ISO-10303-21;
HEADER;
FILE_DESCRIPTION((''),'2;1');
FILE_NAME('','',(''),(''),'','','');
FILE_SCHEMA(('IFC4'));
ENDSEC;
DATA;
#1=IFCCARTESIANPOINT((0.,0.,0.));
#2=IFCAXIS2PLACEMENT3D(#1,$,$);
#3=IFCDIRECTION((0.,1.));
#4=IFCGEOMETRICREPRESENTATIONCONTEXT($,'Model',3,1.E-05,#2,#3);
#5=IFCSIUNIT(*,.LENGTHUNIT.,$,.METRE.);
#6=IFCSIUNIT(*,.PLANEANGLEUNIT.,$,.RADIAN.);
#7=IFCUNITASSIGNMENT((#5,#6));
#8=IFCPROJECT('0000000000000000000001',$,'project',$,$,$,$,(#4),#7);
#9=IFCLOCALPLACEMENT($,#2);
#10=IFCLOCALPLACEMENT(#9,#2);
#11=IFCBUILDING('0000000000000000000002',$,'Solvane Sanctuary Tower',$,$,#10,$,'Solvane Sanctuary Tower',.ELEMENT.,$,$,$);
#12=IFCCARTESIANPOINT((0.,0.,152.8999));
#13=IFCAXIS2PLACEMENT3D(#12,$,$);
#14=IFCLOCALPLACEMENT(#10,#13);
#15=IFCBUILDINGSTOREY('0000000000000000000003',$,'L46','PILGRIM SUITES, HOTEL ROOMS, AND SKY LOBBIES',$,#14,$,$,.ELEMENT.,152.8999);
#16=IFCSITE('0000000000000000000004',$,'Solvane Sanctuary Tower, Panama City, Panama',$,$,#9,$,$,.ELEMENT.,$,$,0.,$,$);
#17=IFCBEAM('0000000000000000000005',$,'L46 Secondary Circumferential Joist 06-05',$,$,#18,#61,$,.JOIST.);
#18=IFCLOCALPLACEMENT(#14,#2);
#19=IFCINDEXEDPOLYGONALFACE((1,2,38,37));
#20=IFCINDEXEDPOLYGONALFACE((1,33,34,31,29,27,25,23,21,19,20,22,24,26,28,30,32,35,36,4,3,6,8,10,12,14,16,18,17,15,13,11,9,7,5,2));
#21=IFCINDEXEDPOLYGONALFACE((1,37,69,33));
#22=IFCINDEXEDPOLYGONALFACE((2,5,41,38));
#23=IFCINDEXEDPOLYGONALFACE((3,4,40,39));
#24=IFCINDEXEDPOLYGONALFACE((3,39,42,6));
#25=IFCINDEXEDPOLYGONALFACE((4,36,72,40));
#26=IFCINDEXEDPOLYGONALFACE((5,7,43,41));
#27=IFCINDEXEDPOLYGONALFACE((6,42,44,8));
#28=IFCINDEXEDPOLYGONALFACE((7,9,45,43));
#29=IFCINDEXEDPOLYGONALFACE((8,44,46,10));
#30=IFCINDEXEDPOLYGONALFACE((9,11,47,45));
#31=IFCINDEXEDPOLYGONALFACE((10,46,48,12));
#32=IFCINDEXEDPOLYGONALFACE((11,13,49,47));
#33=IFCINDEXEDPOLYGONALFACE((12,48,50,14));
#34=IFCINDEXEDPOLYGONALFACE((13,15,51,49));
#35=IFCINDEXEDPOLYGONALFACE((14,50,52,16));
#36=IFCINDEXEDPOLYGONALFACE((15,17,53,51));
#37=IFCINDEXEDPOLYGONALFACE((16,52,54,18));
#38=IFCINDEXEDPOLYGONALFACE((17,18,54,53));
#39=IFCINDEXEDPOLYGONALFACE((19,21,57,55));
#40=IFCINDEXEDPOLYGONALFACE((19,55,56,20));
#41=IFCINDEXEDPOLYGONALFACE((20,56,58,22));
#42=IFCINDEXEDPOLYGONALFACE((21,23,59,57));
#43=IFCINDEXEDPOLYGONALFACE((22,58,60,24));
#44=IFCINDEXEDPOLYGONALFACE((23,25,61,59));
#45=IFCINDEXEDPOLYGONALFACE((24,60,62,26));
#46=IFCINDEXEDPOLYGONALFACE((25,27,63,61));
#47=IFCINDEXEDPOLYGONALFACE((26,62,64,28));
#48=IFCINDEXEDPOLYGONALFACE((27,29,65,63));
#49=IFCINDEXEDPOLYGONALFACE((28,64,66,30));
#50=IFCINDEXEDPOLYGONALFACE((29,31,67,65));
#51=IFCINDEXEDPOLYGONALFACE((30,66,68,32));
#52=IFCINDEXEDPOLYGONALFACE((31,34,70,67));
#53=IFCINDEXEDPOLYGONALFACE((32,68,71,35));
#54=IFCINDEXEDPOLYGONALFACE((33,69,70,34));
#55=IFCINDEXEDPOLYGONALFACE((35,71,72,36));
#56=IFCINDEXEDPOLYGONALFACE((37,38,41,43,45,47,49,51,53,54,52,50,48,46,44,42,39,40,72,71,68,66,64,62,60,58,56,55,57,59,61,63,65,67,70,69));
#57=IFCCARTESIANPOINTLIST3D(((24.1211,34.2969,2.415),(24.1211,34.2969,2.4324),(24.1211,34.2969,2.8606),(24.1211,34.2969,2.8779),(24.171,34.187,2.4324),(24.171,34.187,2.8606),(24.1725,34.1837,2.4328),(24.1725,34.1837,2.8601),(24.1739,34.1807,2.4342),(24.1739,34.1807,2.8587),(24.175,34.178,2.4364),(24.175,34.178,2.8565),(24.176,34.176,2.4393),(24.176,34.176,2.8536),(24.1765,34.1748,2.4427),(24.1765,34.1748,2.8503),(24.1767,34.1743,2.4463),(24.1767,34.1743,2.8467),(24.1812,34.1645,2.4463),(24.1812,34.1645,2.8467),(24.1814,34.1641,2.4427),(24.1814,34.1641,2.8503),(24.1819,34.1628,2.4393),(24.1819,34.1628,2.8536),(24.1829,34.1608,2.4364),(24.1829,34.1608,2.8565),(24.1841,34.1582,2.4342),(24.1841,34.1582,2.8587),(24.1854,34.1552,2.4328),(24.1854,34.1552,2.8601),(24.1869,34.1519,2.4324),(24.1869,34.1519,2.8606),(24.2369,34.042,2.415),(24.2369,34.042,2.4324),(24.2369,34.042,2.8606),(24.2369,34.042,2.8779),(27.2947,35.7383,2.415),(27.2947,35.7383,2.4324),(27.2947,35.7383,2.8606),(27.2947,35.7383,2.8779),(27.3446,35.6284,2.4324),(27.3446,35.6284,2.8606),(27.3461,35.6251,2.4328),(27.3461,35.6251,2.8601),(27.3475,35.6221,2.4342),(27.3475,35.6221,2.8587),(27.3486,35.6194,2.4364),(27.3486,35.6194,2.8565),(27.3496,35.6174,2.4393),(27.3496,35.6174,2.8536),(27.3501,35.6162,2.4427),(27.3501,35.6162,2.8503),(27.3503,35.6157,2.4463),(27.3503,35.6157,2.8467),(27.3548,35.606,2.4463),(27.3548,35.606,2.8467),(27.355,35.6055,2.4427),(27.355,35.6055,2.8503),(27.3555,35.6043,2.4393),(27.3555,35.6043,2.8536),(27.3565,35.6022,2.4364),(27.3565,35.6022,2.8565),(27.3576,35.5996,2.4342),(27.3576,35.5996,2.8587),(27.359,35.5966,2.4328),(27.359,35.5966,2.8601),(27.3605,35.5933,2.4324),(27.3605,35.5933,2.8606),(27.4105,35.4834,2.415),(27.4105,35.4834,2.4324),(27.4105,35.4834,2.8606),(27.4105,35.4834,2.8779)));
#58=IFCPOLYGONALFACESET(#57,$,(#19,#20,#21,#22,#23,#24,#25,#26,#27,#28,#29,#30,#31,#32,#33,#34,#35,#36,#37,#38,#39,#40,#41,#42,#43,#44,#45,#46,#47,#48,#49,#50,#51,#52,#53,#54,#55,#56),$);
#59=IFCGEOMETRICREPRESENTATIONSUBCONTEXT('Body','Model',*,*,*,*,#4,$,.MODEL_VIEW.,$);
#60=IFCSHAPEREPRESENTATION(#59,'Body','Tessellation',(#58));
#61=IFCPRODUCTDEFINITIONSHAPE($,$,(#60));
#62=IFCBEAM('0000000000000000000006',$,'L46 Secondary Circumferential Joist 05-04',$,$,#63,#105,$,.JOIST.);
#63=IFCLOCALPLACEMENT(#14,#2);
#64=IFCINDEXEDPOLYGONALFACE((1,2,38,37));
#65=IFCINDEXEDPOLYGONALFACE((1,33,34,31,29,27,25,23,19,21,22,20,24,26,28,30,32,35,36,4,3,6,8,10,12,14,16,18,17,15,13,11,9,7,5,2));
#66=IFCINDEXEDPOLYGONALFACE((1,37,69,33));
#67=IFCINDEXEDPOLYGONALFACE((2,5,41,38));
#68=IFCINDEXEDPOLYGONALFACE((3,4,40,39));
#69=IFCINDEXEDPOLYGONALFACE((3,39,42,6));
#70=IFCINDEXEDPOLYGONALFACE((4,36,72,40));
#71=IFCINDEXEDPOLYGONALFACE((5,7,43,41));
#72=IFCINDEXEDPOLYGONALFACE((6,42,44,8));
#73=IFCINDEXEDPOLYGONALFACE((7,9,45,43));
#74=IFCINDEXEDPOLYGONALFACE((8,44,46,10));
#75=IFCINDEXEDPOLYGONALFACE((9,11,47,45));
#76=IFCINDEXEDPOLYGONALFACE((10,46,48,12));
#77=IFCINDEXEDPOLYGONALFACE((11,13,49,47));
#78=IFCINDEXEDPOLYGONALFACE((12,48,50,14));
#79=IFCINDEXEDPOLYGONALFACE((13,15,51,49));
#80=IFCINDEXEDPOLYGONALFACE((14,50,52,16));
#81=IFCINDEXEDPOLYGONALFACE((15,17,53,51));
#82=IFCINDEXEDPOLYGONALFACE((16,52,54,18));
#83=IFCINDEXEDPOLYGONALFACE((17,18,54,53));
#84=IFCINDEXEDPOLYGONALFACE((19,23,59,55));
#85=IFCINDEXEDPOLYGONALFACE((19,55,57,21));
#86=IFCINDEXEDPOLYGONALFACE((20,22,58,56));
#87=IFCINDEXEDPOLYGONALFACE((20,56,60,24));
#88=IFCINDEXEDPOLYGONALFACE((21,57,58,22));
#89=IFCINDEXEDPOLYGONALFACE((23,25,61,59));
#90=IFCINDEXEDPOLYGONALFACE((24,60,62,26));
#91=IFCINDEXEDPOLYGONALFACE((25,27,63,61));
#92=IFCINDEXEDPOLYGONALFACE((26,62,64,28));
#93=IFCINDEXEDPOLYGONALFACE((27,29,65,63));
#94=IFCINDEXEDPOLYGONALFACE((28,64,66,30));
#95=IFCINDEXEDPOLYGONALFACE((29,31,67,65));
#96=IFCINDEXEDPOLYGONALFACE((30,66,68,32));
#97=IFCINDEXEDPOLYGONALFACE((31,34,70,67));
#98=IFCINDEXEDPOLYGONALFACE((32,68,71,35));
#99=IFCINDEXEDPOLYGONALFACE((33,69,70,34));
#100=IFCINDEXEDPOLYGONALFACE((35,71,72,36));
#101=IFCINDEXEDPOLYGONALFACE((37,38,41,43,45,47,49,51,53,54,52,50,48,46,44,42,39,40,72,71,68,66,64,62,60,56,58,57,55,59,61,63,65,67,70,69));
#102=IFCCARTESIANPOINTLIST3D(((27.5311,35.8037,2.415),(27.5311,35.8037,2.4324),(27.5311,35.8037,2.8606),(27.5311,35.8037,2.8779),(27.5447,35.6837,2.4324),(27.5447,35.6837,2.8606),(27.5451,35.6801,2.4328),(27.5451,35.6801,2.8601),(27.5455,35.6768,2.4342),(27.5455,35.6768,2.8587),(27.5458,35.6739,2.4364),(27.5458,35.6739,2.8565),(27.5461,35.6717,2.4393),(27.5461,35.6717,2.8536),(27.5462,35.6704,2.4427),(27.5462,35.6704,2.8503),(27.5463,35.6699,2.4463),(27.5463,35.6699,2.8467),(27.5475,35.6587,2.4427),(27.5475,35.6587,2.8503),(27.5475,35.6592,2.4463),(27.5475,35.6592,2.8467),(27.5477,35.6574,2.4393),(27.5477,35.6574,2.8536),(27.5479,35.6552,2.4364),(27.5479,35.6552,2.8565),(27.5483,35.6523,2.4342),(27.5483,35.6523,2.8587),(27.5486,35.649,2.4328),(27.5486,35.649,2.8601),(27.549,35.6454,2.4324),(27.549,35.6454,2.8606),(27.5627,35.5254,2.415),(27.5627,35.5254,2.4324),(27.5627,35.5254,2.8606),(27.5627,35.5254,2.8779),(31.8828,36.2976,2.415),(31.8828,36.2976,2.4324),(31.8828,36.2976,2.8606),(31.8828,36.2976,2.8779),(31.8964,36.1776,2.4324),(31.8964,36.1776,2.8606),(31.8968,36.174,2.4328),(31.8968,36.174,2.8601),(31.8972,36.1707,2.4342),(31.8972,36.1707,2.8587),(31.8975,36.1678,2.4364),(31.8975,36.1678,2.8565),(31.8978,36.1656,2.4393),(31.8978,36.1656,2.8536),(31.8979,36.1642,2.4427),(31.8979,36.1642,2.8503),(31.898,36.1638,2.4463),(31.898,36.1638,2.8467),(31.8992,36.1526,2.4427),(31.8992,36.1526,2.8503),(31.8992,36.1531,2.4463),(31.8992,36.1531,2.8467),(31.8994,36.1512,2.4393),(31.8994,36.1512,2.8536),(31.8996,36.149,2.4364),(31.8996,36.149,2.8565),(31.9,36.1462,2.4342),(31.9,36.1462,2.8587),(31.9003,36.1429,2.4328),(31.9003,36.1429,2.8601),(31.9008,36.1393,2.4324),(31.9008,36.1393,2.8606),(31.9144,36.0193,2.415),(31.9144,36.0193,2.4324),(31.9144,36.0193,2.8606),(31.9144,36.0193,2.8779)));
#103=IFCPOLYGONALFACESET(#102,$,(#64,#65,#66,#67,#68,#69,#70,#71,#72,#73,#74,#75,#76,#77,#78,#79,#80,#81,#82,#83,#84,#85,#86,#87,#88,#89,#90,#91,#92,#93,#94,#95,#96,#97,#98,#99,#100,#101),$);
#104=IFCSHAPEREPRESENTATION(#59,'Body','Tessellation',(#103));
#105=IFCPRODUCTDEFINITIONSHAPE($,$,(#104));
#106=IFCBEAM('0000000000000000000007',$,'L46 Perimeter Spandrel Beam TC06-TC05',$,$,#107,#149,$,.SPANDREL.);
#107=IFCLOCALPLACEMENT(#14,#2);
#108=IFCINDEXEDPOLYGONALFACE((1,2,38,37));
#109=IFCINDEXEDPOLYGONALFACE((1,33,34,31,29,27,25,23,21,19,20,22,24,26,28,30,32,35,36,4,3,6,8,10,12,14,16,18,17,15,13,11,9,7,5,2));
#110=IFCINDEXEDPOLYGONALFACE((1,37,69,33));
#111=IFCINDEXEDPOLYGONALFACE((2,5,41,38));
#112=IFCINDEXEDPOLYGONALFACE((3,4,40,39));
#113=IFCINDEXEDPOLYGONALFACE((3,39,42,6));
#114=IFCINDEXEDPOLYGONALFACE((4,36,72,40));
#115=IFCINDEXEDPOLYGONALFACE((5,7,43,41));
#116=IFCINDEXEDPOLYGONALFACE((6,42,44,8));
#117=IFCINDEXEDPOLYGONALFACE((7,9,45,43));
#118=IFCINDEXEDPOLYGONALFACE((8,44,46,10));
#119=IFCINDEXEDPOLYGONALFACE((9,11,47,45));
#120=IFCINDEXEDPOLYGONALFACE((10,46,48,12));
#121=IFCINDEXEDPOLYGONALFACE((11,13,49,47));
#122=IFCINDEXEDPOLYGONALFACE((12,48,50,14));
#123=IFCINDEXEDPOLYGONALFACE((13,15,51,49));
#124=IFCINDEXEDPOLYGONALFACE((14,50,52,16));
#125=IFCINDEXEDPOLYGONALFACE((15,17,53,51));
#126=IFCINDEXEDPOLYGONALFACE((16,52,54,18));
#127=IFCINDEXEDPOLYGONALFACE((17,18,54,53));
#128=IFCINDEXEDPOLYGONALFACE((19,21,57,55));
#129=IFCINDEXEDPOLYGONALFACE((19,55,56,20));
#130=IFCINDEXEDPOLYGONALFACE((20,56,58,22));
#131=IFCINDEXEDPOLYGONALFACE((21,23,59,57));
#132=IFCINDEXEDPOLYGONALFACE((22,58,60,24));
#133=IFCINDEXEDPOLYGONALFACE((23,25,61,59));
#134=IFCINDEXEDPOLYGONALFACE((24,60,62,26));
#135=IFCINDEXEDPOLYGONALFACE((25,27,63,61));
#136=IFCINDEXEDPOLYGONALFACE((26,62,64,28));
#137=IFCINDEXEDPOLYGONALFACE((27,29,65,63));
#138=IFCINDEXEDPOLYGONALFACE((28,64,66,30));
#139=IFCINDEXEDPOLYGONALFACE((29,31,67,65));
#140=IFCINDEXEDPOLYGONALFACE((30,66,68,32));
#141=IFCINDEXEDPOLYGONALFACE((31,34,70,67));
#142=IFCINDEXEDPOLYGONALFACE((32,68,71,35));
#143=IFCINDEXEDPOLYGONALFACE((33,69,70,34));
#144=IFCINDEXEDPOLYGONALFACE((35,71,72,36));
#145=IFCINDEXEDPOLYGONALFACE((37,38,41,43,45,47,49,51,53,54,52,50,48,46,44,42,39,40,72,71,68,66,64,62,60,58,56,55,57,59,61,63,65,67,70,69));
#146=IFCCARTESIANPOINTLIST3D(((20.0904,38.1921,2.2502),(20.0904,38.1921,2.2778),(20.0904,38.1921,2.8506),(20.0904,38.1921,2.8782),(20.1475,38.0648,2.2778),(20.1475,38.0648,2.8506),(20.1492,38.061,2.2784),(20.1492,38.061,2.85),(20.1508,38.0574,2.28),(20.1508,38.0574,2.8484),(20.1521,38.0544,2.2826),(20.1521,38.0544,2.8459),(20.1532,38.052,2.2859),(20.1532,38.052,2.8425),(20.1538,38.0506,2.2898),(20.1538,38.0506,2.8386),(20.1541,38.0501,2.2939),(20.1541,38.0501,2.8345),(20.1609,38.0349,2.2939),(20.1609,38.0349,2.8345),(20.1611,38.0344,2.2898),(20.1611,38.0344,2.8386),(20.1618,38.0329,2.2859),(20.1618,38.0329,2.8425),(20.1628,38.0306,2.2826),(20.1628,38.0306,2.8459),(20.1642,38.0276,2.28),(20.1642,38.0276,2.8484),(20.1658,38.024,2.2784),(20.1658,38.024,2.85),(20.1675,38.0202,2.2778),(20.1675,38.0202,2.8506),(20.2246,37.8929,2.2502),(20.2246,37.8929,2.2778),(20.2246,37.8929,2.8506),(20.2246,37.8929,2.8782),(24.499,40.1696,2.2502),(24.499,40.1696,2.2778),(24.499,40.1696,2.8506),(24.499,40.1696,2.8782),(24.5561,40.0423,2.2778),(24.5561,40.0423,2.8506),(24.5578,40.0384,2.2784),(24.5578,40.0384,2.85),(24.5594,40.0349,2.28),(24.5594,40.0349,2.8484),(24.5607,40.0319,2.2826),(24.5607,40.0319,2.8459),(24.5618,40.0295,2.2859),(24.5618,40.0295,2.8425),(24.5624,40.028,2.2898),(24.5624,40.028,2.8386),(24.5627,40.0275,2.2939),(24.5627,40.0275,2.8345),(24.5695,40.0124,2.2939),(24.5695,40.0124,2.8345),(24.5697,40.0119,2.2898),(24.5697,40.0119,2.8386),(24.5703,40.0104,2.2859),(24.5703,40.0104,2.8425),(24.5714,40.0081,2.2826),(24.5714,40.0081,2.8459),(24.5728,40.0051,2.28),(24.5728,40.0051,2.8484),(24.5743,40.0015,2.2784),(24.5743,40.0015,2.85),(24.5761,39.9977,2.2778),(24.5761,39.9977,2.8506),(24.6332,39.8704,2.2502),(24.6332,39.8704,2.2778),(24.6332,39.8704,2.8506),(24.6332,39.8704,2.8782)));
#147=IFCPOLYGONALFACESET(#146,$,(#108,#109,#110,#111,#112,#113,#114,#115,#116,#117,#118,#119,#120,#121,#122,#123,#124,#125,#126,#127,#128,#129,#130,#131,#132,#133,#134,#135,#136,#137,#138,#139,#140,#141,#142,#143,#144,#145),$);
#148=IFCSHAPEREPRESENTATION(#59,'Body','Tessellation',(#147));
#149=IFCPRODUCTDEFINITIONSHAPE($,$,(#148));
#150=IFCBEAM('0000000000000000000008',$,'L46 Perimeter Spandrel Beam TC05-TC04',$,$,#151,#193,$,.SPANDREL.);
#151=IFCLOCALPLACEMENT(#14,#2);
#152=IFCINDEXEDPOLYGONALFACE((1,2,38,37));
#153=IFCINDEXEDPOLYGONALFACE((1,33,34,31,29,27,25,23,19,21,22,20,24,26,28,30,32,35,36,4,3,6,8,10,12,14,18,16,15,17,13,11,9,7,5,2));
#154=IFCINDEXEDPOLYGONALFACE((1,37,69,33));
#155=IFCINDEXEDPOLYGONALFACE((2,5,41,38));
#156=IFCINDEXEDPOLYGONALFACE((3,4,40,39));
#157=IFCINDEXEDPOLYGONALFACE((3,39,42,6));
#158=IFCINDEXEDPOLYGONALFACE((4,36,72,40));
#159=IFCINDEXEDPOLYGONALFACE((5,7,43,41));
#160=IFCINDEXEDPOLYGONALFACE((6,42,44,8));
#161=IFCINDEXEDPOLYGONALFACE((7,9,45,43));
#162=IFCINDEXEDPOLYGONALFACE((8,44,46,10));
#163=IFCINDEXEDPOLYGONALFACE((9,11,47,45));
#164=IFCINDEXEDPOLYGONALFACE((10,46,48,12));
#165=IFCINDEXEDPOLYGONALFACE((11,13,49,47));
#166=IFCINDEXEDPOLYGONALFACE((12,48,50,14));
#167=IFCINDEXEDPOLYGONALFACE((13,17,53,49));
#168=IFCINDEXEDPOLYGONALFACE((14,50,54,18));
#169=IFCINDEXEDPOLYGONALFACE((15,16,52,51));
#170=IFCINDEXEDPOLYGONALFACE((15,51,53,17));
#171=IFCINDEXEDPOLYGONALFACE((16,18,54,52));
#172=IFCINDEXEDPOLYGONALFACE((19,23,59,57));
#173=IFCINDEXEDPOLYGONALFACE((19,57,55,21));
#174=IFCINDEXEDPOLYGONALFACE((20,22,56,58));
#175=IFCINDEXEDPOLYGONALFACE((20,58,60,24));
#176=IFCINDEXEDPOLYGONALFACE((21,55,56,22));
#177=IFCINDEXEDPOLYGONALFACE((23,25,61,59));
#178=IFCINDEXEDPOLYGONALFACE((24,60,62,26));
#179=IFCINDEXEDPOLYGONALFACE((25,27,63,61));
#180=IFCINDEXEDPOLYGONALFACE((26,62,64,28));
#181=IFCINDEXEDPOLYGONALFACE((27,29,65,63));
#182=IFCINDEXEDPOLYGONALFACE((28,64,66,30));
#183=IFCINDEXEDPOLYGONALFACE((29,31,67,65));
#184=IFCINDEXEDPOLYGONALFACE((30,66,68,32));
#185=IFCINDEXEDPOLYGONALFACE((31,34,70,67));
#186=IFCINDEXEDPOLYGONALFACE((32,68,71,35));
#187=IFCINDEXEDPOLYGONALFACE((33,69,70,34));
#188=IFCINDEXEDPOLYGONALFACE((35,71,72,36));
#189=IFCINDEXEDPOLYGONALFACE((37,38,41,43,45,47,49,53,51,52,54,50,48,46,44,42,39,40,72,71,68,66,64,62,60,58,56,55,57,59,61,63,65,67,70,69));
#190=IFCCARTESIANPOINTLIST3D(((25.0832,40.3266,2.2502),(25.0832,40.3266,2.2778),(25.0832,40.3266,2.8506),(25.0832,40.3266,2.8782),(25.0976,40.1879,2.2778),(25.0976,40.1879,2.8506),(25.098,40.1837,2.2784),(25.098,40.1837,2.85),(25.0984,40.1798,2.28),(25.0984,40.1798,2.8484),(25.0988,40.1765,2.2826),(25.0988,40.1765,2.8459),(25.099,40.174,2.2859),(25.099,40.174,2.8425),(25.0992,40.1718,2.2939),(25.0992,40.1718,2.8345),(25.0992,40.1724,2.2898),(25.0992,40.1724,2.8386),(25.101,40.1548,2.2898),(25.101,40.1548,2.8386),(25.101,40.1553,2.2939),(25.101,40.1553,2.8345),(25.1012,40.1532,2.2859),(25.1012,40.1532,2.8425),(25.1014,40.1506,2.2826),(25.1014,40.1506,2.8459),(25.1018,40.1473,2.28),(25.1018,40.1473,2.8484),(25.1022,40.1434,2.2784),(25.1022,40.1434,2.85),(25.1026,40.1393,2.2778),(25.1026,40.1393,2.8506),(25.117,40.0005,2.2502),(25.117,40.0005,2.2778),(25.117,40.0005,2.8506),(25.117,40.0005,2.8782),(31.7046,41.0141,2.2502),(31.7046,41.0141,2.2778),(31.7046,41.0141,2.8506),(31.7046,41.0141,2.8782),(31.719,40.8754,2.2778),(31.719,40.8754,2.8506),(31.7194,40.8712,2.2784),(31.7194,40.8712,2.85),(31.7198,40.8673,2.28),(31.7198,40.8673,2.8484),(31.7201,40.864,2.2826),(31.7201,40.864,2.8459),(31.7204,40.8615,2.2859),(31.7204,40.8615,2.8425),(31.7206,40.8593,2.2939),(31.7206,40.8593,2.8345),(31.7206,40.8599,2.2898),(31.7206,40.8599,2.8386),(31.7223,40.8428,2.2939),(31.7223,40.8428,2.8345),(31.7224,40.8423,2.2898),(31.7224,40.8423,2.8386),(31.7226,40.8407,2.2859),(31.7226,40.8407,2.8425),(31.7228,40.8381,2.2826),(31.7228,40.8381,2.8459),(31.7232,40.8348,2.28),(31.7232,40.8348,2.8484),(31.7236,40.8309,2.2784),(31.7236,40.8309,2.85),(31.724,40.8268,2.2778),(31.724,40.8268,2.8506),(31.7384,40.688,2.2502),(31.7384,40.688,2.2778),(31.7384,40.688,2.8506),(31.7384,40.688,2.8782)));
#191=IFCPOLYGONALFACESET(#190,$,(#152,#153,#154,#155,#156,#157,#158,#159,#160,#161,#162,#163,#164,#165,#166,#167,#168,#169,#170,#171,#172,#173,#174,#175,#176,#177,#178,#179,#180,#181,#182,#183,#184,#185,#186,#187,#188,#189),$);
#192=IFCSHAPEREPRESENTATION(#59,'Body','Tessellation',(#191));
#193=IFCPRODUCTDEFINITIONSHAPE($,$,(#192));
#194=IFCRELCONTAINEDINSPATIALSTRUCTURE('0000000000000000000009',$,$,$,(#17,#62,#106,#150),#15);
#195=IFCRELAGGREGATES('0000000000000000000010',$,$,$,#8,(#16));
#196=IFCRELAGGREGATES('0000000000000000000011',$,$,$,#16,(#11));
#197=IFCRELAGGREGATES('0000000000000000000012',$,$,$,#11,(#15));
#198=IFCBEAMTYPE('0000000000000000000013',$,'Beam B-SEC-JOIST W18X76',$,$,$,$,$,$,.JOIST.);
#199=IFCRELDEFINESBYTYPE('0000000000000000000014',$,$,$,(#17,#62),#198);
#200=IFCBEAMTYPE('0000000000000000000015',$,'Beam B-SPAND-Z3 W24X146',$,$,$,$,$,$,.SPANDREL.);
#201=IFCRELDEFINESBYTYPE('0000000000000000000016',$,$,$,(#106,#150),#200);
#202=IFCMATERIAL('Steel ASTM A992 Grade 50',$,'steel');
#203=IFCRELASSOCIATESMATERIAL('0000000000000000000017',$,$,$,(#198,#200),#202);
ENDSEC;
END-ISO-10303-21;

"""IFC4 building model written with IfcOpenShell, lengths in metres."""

from ifc_helpers import new_model, si_unit, direction, frame, origin, origin_2d, place, context, subcontext, project, spatial, i_section, extrude, material, material_profile, profile_set, type_object, element, save


model = new_model("IFC4")

# Units and contexts
model_context = context("Model", 3, precision=1e-05, world=origin(), true_north=direction((0.0, 1.0)))
body_context = subcontext(model_context, "Body", "Model", "MODEL_VIEW")
ifc_project = project(units=[si_unit("LENGTHUNIT", "METRE"), si_unit("PLANEANGLEUNIT", "RADIAN")], contexts=[model_context])

# Site, building, storey
site_placement = place(None, origin())
site = spatial("IfcSite", under=ifc_project, at=site_placement, Name="Solvane Sanctuary Tower, Panama City, Panama", CompositionType="ELEMENT", RefElevation=0.0)
building_placement = place(site_placement, origin())
building = spatial("IfcBuilding", under=site, at=building_placement, Name="Solvane Sanctuary Tower", LongName="Solvane Sanctuary Tower", CompositionType="ELEMENT")
storey_placement = place(building_placement, frame((0.0, 0.0, 152.8999)))
storey = spatial("IfcBuildingStorey", under=building, at=storey_placement, Name="L46", Description="PILGRIM SUITES, HOTEL ROOMS, AND SKY LOBBIES", CompositionType="ELEMENT", Elevation=152.8999)

# Beams
ifc_material_1 = material(Name="Steel ASTM A992 Grade 50", Category="steel")
ifc_material_profile_1 = material_profile(ifc_material_1, i_section(OverallWidth=0.28, OverallDepth=0.4629, WebThickness=0.0107, FlangeThickness=0.0173, FilletRadius=0.0139, at=origin_2d()), Name="W18X76")
ifc_profile_set_1 = profile_set([ifc_material_profile_1], Name="Steel ASTM A992 Grade 50")
beam_type_1 = type_object("IfcBeamType", Name="Beam B-SEC-JOIST W18X76", PredefinedType="JOIST", material=ifc_profile_set_1)
beam_1_placement = place(storey_placement, frame((24.179, 34.1694, 2.6465), z_axis=(0.910489, 0.413534, 0.0), x_axis=(-0.413534, 0.910489, 0.0)))
element("IfcBeam", 1, at=beam_1_placement, inside=storey, type_object=beam_type_1, Name="L46 Secondary Circumferential Joist 06-05", PredefinedType="JOIST", context=body_context, shape_type="SweptSolid", body=[
    extrude(i_section(OverallWidth=0.28, OverallDepth=0.4629, WebThickness=0.0107, FlangeThickness=0.0173, FilletRadius=0.0139, at=origin_2d()), origin(), (0.0, 0.0, 1.0), 3.4856),
])
beam_2_placement = place(storey_placement, frame((27.5469, 35.6646, 2.6465), z_axis=(0.993621, 0.112768, 0.0), x_axis=(-0.112768, 0.993621, 0.0)))
element("IfcBeam", 2, at=beam_2_placement, inside=storey, type_object=beam_type_1, Name="L46 Secondary Circumferential Joist 05-04", PredefinedType="JOIST", context=body_context, shape_type="SweptSolid", body=[
    extrude(i_section(OverallWidth=0.28, OverallDepth=0.4629, WebThickness=0.0107, FlangeThickness=0.0173, FilletRadius=0.0139, at=origin_2d()), origin(), (0.0, 0.0, 1.0), 4.3796),
])
ifc_material_profile_2 = material_profile(ifc_material_1, i_section(OverallWidth=0.3279, OverallDepth=0.6279, WebThickness=0.0166, FlangeThickness=0.0276, FilletRadius=0.0161, at=origin_2d()), Name="W24X146")
ifc_profile_set_2 = profile_set([ifc_material_profile_2], Name="Steel ASTM A992 Grade 50")
beam_type_2 = type_object("IfcBeamType", Name="Beam B-SPAND-Z3 W24X146", PredefinedType="SPANDREL", material=ifc_profile_set_2)
beam_3_placement = place(storey_placement, frame((20.1575, 38.0425, 2.5642), z_axis=(0.912414, 0.409268, 0.0), x_axis=(-0.409268, 0.912414, 0.0)))
element("IfcBeam", 3, at=beam_3_placement, inside=storey, type_object=beam_type_2, Name="L46 Perimeter Spandrel Beam TC06-TC05", PredefinedType="SPANDREL", context=body_context, shape_type="SweptSolid", body=[
    extrude(i_section(OverallWidth=0.3279, OverallDepth=0.6279, WebThickness=0.0166, FlangeThickness=0.0276, FilletRadius=0.0161, at=origin_2d()), origin(), (0.0, 0.0, 1.0), 4.8318),
])
beam_4_placement = place(storey_placement, frame((25.1001, 40.1636, 2.5642), z_axis=(0.994653, 0.103276, 0.0), x_axis=(-0.103276, 0.994653, 0.0)))
element("IfcBeam", 4, at=beam_4_placement, inside=storey, type_object=beam_type_2, Name="L46 Perimeter Spandrel Beam TC05-TC04", PredefinedType="SPANDREL", context=body_context, shape_type="SweptSolid", body=[
    extrude(i_section(OverallWidth=0.3279, OverallDepth=0.6279, WebThickness=0.0166, FlangeThickness=0.0276, FilletRadius=0.0161, at=origin_2d()), origin(), (0.0, 0.0, 1.0), 6.657),
])

save(model, "model.ifc")
